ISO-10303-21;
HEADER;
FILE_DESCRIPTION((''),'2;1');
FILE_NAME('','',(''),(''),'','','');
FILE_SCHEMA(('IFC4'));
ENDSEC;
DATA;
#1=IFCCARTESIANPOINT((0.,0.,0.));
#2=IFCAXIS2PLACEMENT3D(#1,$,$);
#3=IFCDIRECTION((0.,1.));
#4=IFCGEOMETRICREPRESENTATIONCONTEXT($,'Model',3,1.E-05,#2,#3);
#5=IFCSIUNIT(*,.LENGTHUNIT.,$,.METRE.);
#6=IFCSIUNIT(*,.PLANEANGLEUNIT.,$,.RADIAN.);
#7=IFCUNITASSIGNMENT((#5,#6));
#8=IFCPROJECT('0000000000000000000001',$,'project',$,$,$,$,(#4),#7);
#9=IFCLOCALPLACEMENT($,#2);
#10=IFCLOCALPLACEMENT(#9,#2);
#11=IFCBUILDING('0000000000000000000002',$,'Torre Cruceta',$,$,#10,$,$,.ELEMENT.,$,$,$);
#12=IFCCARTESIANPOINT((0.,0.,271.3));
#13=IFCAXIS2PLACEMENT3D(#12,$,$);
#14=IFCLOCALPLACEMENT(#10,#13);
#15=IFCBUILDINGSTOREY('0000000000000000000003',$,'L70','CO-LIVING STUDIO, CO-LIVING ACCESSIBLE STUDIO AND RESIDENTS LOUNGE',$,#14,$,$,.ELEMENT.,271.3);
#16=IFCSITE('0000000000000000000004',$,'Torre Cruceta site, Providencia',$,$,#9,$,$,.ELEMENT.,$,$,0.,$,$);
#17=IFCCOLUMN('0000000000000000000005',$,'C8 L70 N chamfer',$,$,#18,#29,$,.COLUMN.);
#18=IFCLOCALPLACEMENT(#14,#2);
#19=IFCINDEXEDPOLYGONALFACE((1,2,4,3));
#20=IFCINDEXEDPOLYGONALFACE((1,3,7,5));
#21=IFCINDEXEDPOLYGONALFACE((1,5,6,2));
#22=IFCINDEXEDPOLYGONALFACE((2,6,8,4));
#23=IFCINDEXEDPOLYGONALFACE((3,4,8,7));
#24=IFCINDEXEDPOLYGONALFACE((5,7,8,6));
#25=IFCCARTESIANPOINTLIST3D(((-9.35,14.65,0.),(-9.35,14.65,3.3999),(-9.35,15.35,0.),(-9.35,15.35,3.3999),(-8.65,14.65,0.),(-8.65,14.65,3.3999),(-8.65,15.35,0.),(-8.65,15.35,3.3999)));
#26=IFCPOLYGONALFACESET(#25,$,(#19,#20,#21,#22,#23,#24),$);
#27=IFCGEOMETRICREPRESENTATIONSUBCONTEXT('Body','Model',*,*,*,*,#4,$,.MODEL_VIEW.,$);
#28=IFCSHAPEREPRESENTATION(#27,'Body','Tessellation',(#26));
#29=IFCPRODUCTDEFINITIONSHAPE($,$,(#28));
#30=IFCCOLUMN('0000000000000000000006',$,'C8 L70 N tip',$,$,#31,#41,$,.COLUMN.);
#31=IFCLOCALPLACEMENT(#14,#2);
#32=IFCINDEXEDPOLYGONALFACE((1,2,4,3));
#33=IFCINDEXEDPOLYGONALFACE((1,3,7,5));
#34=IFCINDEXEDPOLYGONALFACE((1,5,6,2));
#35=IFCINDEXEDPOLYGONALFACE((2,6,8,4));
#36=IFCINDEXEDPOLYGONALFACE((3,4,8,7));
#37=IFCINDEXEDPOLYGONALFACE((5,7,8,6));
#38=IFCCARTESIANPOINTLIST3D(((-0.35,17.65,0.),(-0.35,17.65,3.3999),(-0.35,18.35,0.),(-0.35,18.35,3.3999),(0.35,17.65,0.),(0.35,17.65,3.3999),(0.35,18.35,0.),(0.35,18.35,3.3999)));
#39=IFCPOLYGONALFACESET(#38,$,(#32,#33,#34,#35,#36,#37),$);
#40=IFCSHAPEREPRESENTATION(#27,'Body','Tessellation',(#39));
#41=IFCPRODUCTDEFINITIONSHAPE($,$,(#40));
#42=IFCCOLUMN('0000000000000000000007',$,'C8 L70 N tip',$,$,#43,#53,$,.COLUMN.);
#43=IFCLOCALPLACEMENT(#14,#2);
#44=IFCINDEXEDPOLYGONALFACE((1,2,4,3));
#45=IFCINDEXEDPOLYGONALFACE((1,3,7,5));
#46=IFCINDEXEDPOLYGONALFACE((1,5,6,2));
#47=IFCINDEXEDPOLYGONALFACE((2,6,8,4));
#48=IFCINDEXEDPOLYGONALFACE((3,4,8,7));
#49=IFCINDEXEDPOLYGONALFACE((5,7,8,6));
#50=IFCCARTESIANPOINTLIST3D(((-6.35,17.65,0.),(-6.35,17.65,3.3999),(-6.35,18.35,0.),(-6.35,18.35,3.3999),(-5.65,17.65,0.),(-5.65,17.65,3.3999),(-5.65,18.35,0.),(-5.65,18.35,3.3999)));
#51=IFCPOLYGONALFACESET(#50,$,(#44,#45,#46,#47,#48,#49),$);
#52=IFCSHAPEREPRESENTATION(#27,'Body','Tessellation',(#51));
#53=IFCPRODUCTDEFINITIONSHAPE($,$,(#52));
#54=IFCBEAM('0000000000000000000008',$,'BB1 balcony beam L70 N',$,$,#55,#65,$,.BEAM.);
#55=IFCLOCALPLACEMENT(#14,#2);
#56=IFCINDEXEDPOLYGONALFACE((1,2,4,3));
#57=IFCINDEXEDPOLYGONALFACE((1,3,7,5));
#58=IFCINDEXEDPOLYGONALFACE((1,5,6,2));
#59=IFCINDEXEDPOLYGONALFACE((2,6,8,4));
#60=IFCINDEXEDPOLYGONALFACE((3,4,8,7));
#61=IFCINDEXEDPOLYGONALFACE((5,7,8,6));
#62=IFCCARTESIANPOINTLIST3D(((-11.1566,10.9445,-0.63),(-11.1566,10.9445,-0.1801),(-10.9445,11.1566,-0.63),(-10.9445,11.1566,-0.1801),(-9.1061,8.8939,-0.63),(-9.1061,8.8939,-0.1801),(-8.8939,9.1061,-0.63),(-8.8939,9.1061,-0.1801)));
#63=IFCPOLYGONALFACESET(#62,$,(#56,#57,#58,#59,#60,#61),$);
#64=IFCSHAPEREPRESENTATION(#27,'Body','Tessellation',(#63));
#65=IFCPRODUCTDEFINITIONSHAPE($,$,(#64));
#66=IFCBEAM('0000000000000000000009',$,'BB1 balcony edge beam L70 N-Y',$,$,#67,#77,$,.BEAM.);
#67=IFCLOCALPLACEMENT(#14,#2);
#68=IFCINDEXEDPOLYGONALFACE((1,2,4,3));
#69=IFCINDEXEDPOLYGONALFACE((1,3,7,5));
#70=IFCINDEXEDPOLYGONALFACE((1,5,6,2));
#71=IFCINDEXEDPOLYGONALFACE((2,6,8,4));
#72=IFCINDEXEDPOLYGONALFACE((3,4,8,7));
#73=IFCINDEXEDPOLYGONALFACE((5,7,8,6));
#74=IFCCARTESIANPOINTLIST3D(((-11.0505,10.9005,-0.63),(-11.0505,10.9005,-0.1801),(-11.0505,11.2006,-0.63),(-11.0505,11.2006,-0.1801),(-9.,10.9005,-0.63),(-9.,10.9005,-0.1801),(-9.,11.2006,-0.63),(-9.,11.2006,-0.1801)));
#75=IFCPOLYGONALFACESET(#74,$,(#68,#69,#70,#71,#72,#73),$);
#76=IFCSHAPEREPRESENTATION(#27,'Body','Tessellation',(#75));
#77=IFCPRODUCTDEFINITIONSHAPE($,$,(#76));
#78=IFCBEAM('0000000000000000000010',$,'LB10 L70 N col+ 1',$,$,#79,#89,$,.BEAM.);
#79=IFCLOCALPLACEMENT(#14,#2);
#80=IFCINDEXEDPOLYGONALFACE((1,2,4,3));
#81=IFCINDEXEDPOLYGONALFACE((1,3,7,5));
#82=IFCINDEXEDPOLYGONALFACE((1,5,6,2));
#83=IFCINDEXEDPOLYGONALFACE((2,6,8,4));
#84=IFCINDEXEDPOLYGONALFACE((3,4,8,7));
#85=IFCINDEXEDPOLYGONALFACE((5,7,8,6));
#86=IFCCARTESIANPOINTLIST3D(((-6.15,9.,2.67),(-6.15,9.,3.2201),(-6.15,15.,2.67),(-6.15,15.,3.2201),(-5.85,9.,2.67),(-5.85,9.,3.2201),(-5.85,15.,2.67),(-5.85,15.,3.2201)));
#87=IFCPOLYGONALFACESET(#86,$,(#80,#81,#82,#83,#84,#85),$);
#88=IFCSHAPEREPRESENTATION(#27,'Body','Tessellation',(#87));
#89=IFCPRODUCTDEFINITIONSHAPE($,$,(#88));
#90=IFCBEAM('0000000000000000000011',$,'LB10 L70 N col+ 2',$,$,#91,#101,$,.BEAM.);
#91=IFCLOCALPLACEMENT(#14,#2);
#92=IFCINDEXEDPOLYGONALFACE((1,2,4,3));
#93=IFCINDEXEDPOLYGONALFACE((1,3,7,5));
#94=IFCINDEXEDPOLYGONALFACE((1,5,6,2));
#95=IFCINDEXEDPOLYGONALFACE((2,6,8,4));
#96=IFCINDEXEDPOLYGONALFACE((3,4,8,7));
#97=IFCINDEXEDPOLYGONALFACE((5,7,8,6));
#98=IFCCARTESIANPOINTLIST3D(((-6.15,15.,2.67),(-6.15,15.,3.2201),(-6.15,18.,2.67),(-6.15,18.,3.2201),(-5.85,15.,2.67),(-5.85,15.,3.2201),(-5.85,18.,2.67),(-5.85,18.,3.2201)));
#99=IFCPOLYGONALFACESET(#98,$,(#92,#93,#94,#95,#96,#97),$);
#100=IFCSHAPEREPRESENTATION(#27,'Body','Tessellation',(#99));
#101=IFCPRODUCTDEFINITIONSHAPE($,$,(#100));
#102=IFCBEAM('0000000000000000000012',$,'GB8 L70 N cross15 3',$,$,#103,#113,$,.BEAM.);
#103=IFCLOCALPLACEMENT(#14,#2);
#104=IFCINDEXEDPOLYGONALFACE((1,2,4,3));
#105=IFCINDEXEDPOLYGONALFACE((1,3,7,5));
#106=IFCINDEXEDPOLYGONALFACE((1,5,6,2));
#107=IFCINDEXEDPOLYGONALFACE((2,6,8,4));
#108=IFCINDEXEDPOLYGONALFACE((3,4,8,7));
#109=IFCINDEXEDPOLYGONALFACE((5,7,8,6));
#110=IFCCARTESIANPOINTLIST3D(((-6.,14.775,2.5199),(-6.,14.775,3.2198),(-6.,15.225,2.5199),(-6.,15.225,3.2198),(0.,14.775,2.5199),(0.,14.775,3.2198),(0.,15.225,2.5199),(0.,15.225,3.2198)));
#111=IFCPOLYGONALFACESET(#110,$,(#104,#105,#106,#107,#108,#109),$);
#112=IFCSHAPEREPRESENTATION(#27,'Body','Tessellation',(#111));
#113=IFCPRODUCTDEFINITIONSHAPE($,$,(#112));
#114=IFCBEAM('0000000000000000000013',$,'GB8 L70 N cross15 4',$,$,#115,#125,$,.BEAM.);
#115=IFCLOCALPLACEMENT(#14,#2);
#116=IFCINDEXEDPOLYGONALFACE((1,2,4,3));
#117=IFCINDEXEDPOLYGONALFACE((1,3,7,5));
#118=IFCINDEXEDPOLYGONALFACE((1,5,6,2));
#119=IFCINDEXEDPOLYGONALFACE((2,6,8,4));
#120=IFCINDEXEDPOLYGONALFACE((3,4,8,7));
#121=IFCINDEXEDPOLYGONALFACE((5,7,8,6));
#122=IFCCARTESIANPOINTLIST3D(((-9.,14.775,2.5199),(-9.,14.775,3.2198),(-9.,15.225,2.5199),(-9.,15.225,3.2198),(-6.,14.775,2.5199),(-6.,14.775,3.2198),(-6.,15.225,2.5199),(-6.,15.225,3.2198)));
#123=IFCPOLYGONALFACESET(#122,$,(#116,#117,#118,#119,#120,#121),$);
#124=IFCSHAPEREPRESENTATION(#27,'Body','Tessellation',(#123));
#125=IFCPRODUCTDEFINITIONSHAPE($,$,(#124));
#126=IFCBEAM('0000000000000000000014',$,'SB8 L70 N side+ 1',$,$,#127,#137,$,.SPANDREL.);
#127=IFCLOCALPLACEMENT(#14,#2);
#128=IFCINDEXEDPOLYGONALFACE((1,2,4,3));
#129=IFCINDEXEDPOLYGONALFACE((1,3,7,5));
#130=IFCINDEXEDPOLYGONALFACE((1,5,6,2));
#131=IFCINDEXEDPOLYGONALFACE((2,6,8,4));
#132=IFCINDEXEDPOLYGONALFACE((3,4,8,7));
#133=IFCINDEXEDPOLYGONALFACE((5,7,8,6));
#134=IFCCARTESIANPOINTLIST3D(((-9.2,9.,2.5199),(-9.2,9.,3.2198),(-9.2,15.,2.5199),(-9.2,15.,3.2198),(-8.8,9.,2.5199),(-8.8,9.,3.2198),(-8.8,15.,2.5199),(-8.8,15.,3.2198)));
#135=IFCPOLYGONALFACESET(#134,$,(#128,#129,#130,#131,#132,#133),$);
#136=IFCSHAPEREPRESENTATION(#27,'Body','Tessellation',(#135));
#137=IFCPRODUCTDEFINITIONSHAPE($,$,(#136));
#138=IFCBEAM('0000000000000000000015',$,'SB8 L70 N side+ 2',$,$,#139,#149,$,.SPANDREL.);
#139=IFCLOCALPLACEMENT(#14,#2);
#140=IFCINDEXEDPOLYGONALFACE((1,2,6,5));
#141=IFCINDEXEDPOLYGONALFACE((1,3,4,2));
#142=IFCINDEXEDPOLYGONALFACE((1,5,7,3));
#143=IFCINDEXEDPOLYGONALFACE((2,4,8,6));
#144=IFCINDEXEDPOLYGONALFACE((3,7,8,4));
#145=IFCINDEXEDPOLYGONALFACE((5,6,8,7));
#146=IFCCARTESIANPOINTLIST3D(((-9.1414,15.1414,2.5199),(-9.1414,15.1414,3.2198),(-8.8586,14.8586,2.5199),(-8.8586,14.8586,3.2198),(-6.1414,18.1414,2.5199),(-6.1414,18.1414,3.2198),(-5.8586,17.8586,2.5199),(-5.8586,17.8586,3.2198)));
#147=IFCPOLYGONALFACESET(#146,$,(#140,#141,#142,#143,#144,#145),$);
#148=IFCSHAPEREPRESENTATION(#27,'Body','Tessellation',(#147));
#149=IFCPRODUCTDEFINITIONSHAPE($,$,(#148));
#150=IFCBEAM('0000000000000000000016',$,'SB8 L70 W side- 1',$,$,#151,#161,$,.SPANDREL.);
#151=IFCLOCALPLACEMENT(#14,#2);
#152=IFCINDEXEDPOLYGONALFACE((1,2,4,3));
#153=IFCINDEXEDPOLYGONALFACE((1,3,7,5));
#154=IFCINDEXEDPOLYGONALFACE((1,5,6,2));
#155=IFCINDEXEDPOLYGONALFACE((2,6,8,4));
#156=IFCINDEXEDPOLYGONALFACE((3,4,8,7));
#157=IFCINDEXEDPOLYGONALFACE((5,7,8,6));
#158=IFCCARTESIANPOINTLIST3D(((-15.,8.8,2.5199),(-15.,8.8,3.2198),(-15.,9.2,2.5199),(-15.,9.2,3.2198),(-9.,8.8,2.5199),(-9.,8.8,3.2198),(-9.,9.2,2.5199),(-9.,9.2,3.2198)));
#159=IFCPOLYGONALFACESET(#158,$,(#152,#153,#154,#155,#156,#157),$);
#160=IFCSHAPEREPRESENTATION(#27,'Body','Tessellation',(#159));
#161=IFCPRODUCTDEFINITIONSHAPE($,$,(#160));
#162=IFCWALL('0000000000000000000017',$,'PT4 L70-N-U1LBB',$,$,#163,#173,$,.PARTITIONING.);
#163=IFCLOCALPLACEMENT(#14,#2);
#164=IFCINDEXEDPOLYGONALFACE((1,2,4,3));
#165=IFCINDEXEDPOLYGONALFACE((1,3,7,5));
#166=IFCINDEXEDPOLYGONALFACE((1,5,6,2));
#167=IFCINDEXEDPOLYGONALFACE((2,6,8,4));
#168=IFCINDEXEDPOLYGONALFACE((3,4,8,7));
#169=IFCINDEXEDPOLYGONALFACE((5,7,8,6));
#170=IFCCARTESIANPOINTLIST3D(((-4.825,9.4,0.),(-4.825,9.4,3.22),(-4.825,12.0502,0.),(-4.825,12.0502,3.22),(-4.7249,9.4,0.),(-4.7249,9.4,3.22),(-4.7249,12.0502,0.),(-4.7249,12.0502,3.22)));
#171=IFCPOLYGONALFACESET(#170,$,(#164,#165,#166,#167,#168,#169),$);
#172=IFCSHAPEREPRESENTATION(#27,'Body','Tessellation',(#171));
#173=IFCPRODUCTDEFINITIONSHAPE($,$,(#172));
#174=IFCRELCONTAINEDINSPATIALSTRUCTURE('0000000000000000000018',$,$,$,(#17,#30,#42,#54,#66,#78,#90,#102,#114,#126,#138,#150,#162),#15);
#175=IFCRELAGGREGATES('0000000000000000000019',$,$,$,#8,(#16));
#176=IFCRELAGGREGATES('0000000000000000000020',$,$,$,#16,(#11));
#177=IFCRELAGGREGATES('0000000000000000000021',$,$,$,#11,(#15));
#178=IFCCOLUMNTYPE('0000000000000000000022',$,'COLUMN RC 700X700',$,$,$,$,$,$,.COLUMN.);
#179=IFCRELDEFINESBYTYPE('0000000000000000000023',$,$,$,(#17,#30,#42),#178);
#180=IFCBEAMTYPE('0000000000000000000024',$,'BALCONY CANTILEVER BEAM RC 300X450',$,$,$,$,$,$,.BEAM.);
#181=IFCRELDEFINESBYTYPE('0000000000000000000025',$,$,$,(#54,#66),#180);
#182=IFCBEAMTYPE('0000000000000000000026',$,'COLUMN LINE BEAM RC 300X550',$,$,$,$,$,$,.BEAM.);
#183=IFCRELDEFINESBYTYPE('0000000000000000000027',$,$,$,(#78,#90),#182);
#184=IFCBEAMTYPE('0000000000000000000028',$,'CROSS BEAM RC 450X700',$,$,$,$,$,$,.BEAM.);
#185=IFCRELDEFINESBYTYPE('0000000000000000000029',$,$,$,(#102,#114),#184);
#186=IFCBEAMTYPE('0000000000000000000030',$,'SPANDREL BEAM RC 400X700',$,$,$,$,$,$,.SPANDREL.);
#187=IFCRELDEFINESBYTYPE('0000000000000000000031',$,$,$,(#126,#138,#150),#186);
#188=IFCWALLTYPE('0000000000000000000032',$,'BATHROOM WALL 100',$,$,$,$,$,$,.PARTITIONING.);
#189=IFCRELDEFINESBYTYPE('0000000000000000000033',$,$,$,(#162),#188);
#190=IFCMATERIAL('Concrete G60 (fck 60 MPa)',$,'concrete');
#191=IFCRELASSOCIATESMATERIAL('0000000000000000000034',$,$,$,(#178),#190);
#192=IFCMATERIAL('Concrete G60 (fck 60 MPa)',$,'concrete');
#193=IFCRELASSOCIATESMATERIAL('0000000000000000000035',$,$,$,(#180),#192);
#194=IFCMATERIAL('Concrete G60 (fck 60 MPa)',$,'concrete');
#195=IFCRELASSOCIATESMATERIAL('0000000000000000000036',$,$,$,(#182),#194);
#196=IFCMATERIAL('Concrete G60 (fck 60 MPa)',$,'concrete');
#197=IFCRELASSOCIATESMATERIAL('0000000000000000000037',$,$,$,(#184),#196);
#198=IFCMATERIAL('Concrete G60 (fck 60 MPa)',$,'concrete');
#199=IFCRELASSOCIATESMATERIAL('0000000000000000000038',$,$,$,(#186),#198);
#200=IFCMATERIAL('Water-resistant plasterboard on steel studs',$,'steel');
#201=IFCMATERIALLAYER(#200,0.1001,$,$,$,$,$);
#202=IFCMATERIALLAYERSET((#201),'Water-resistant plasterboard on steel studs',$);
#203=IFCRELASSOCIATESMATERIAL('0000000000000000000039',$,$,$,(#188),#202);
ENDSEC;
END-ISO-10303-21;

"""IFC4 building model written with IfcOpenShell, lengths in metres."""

from ifc_helpers import new_model, si_unit, direction, frame, frame_2d, origin, origin_2d, place, context, subcontext, project, spatial, rectangle, extrude, material, layer, layer_set, material_profile, profile_set, type_object, element, save


model = new_model("IFC4")

# Units and contexts
model_context = context("Model", 3, precision=1e-05, world=origin(), true_north=direction((0.0, 1.0)))
body_context = subcontext(model_context, "Body", "Model", "MODEL_VIEW")
ifc_project = project(units=[si_unit("LENGTHUNIT", "METRE"), si_unit("PLANEANGLEUNIT", "RADIAN")], contexts=[model_context])

# Site, building, storey
site_placement = place(None, origin())
site = spatial("IfcSite", under=ifc_project, at=site_placement, Name="Torre Cruceta site, Providencia", CompositionType="ELEMENT", RefElevation=0.0)
building_placement = place(site_placement, origin())
building = spatial("IfcBuilding", under=site, at=building_placement, Name="Torre Cruceta", CompositionType="ELEMENT")
storey_placement = place(building_placement, frame((0.0, 0.0, 271.3)))
storey = spatial("IfcBuildingStorey", under=building, at=storey_placement, Name="L70", Description="CO-LIVING STUDIO, CO-LIVING ACCESSIBLE STUDIO AND RESIDENTS LOUNGE", CompositionType="ELEMENT", Elevation=271.3)

# Columns
ifc_material_1 = material(Name="Concrete G60 (fck 60 MPa)", Category="concrete")
ifc_material_profile_1 = material_profile(ifc_material_1, rectangle(XDim=0.7, YDim=0.7, at=origin_2d()), Name="RC 700X700")
ifc_profile_set_1 = profile_set([ifc_material_profile_1], Name="Concrete G60 (fck 60 MPa)")
column_type = type_object("IfcColumnType", Name="COLUMN RC 700X700", PredefinedType="COLUMN", material=ifc_profile_set_1)
for number, where, z_axis, x_axis, name in (
    (1, (-9.0, 15.0, 0.0), (0.0, 0.0, 1.0), (1.0, 0.0, 0.0), "C8 L70 N chamfer"),
    (2, (0.0, 18.0, 0.0), (0.0, 0.0, 1.0), (1.0, 0.0, 0.0), "C8 L70 N tip"),
    (3, (-6.0, 18.0, 0.0), (0.0, 0.0, 1.0), (1.0, 0.0, 0.0), "C8 L70 N tip"),
):
    element("IfcColumn", number, at=place(storey_placement, frame(where, z_axis=z_axis, x_axis=x_axis)), inside=storey, type_object=column_type, Name=name, PredefinedType="COLUMN", context=body_context, shape_type="SweptSolid", body=[
        extrude(rectangle(XDim=0.7, YDim=0.7, at=origin_2d()), origin(), (0.0, 0.0, 1.0), 3.3999),
    ])

# Beams
ifc_material_2 = material(Name="Concrete G60 (fck 60 MPa)", Category="concrete")
ifc_material_profile_2 = material_profile(ifc_material_2, rectangle(XDim=0.3, YDim=0.45, at=origin_2d()), Name="RC 300X450")
ifc_profile_set_2 = profile_set([ifc_material_profile_2], Name="Concrete G60 (fck 60 MPa)")
beam_type_1 = type_object("IfcBeamType", Name="BALCONY CANTILEVER BEAM RC 300X450", PredefinedType="BEAM", material=ifc_profile_set_2)
beam_1_placement = place(storey_placement, frame((-9.0, 9.0, -0.405), z_axis=(-0.707107, 0.707107, 0.0), x_axis=(-0.707107, -0.707107, 0.0)))
element("IfcBeam", 4, at=beam_1_placement, inside=storey, type_object=beam_type_1, Name="BB1 balcony beam L70 N", PredefinedType="BEAM", context=body_context, shape_type="SweptSolid", body=[
    extrude(rectangle(XDim=0.3, YDim=0.45, at=origin_2d()), origin(), (0.0, 0.0, 1.0), 2.8999),
])
beam_2_placement = place(storey_placement, frame((-9.0, 11.0505, -0.405), z_axis=(-1.0, 0.0, 0.0), x_axis=(0.0, -1.0, 0.0)))
element("IfcBeam", 5, at=beam_2_placement, inside=storey, type_object=beam_type_1, Name="BB1 balcony edge beam L70 N-Y", PredefinedType="BEAM", context=body_context, shape_type="SweptSolid", body=[
    extrude(rectangle(XDim=0.3, YDim=0.45, at=origin_2d()), origin(), (0.0, 0.0, 1.0), 2.0505),
])
ifc_material_3 = material(Name="Concrete G60 (fck 60 MPa)", Category="concrete")
ifc_material_profile_3 = material_profile(ifc_material_3, rectangle(XDim=0.3, YDim=0.55, at=origin_2d()), Name="RC 300X550")
ifc_profile_set_3 = profile_set([ifc_material_profile_3], Name="Concrete G60 (fck 60 MPa)")
beam_type_2 = type_object("IfcBeamType", Name="COLUMN LINE BEAM RC 300X550", PredefinedType="BEAM", material=ifc_profile_set_3)
beam_3_placement = place(storey_placement, frame((-6.0, 9.0, 2.9451), z_axis=(0.0, 1.0, 0.0), x_axis=(-1.0, 0.0, 0.0)))
element("IfcBeam", 6, at=beam_3_placement, inside=storey, type_object=beam_type_2, Name="LB10 L70 N col+ 1", PredefinedType="BEAM", context=body_context, shape_type="SweptSolid", body=[
    extrude(rectangle(XDim=0.3, YDim=0.55, at=origin_2d()), origin(), (0.0, 0.0, 1.0), 6.0),
])
beam_4_placement = place(storey_placement, frame((-6.0, 15.0, 2.9451), z_axis=(0.0, 1.0, 0.0), x_axis=(-1.0, 0.0, 0.0)))
element("IfcBeam", 7, at=beam_4_placement, inside=storey, type_object=beam_type_2, Name="LB10 L70 N col+ 2", PredefinedType="BEAM", context=body_context, shape_type="SweptSolid", body=[
    extrude(rectangle(XDim=0.3, YDim=0.55, at=origin_2d()), origin(), (0.0, 0.0, 1.0), 3.0),
])
ifc_material_4 = material(Name="Concrete G60 (fck 60 MPa)", Category="concrete")
ifc_material_profile_4 = material_profile(ifc_material_4, rectangle(XDim=0.45, YDim=0.7, at=origin_2d()), Name="RC 450X700")
ifc_profile_set_4 = profile_set([ifc_material_profile_4], Name="Concrete G60 (fck 60 MPa)")
beam_type_3 = type_object("IfcBeamType", Name="CROSS BEAM RC 450X700", PredefinedType="BEAM", material=ifc_profile_set_4)
beam_5_placement = place(storey_placement, frame((0.0, 15.0, 2.8699), z_axis=(-1.0, 0.0, 0.0), x_axis=(0.0, -1.0, 0.0)))
element("IfcBeam", 8, at=beam_5_placement, inside=storey, type_object=beam_type_3, Name="GB8 L70 N cross15 3", PredefinedType="BEAM", context=body_context, shape_type="SweptSolid", body=[
    extrude(rectangle(XDim=0.45, YDim=0.7, at=origin_2d()), origin(), (0.0, 0.0, 1.0), 6.0),
])
beam_6_placement = place(storey_placement, frame((-6.0, 15.0, 2.8699), z_axis=(-1.0, 0.0, 0.0), x_axis=(0.0, -1.0, 0.0)))
element("IfcBeam", 9, at=beam_6_placement, inside=storey, type_object=beam_type_3, Name="GB8 L70 N cross15 4", PredefinedType="BEAM", context=body_context, shape_type="SweptSolid", body=[
    extrude(rectangle(XDim=0.45, YDim=0.7, at=origin_2d()), origin(), (0.0, 0.0, 1.0), 3.0),
])
ifc_material_5 = material(Name="Concrete G60 (fck 60 MPa)", Category="concrete")
ifc_material_profile_5 = material_profile(ifc_material_5, rectangle(XDim=0.3999, YDim=0.7, at=origin_2d()), Name="RC 400X700")
ifc_profile_set_5 = profile_set([ifc_material_profile_5], Name="Concrete G60 (fck 60 MPa)")
beam_type_4 = type_object("IfcBeamType", Name="SPANDREL BEAM RC 400X700", PredefinedType="SPANDREL", material=ifc_profile_set_5)
beam_7_placement = place(storey_placement, frame((-9.0, 9.0, 2.8699), z_axis=(0.0, 1.0, 0.0), x_axis=(-1.0, 0.0, 0.0)))
element("IfcBeam", 10, at=beam_7_placement, inside=storey, type_object=beam_type_4, Name="SB8 L70 N side+ 1", PredefinedType="SPANDREL", context=body_context, shape_type="SweptSolid", body=[
    extrude(rectangle(XDim=0.3999, YDim=0.7, at=origin_2d()), origin(), (0.0, 0.0, 1.0), 6.0),
])
beam_8_placement = place(storey_placement, frame((-9.0, 15.0, 2.8699), z_axis=(0.707107, 0.707107, 0.0), x_axis=(-0.707107, 0.707107, 0.0)))
element("IfcBeam", 11, at=beam_8_placement, inside=storey, type_object=beam_type_4, Name="SB8 L70 N side+ 2", PredefinedType="SPANDREL", context=body_context, shape_type="SweptSolid", body=[
    extrude(rectangle(XDim=0.3999, YDim=0.7, at=origin_2d()), origin(), (0.0, 0.0, 1.0), 4.2427),
])
beam_9_placement = place(storey_placement, frame((-9.0, 9.0, 2.8699), z_axis=(-1.0, 0.0, 0.0), x_axis=(0.0, -1.0, 0.0)))
element("IfcBeam", 12, at=beam_9_placement, inside=storey, type_object=beam_type_4, Name="SB8 L70 W side- 1", PredefinedType="SPANDREL", context=body_context, shape_type="SweptSolid", body=[
    extrude(rectangle(XDim=0.3999, YDim=0.7, at=origin_2d()), origin(), (0.0, 0.0, 1.0), 6.0),
])

# Wall
ifc_material_6 = material(Name="Water-resistant plasterboard on steel studs", Category="steel")
ifc_layer_1 = layer(ifc_material_6, 0.1001)
ifc_layer_set_1 = layer_set([ifc_layer_1], Name="Water-resistant plasterboard on steel studs")
wall_type_1 = type_object("IfcWallType", Name="BATHROOM WALL 100", PredefinedType="PARTITIONING", material=ifc_layer_set_1)
wall_1_placement = place(storey_placement, frame((-4.7749, 9.3999, 0.0), z_axis=(0.0, 0.0, 1.0), x_axis=(0.0, 1.0, 0.0)))
element("IfcWall", 13, at=wall_1_placement, inside=storey, type_object=wall_type_1, Name="PT4 L70-N-U1LBB", PredefinedType="PARTITIONING", context=body_context, shape_type="SweptSolid", body=[
    extrude(rectangle(XDim=2.6501, YDim=0.1001, at=frame_2d((1.3252, 0.0))), origin(), (0.0, 0.0, 1.0), 3.22),
])

save(model, "model.ifc")
